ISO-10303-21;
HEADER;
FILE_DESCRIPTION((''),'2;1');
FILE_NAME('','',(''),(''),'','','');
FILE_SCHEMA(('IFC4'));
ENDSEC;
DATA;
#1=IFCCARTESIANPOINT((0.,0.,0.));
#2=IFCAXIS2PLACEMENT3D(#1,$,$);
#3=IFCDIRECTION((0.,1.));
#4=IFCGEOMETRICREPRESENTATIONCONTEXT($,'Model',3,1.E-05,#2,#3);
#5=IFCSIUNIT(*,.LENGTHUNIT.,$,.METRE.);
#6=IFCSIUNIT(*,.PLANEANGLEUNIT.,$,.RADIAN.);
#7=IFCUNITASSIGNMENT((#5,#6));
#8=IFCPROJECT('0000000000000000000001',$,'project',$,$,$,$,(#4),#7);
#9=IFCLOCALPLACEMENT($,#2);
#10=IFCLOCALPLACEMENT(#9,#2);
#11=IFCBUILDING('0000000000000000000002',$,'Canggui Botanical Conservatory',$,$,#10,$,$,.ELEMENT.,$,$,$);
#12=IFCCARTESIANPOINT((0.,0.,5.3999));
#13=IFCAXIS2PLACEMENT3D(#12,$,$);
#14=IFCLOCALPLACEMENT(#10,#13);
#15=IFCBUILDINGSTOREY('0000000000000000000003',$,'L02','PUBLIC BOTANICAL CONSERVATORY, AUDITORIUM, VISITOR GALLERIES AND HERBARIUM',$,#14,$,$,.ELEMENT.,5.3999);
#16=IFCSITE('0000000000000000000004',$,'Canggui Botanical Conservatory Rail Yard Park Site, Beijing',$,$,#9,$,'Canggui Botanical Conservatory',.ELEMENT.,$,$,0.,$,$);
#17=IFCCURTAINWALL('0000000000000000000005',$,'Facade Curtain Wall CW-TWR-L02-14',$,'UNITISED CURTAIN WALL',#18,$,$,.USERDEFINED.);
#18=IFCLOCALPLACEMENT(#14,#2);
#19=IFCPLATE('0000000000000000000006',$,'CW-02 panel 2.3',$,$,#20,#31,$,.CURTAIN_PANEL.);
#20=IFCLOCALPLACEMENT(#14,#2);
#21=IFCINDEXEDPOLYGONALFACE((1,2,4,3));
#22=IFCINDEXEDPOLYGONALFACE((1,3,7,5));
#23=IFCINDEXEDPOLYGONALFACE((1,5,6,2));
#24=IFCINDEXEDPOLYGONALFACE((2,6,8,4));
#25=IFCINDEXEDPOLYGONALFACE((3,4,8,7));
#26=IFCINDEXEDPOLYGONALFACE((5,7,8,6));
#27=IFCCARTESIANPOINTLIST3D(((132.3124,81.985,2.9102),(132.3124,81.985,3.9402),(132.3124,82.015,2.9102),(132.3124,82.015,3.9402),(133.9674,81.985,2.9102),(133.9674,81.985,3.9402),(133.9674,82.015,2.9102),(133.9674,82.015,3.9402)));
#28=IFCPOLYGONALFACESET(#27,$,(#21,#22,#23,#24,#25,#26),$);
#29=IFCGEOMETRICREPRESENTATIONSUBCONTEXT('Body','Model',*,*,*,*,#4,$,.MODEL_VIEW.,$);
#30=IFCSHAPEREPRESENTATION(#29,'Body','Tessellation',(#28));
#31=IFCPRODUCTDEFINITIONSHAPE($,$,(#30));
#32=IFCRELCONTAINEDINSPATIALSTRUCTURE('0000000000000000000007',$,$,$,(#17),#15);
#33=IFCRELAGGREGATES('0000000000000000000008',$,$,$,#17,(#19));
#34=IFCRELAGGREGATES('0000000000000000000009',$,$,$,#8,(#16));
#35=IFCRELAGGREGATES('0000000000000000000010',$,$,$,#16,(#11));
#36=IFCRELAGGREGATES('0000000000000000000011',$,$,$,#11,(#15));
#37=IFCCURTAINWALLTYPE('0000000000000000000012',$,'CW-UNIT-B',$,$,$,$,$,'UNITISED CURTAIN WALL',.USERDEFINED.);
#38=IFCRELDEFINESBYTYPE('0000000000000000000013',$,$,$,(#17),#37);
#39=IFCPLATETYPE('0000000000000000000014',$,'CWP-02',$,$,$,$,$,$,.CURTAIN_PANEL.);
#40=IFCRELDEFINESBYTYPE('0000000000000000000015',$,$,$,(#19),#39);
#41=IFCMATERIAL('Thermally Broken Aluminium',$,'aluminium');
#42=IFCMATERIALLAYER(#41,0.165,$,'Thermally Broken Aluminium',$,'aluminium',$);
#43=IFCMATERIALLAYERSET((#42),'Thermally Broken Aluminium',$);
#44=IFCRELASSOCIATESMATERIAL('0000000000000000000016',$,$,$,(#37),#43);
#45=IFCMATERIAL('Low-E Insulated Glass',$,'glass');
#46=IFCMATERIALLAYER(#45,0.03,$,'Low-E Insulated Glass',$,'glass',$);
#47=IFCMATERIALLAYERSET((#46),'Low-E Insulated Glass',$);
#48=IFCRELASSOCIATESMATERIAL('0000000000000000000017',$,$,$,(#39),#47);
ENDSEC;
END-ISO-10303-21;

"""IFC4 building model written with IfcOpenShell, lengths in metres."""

from ifc_helpers import new_model, si_unit, direction, frame, origin, origin_2d, place, context, subcontext, project, spatial, rectangle, extrude, material, layer, layer_set, type_object, element, aggregate, save


model = new_model("IFC4")

# Units and contexts
model_context = context("Model", 3, precision=1e-05, world=origin(), true_north=direction((0.0, 1.0)))
body_context = subcontext(model_context, "Body", "Model", "MODEL_VIEW")
ifc_project = project(units=[si_unit("LENGTHUNIT", "METRE"), si_unit("PLANEANGLEUNIT", "RADIAN")], contexts=[model_context])

# Site, building, storey
site_placement = place(None, origin())
site = spatial("IfcSite", under=ifc_project, at=site_placement, Name="Canggui Botanical Conservatory Rail Yard Park Site, Beijing", LongName="Canggui Botanical Conservatory", CompositionType="ELEMENT", RefElevation=0.0)
building_placement = place(site_placement, origin())
building = spatial("IfcBuilding", under=site, at=building_placement, Name="Canggui Botanical Conservatory", CompositionType="ELEMENT")
storey_placement = place(building_placement, frame((0.0, 0.0, 5.3999)))
storey = spatial("IfcBuildingStorey", under=building, at=storey_placement, Name="L02", Description="PUBLIC BOTANICAL CONSERVATORY, AUDITORIUM, VISITOR GALLERIES AND HERBARIUM", CompositionType="ELEMENT", Elevation=5.3999)

# Curtain wall, plate
ifc_material_1 = material(Name="Thermally Broken Aluminium", Category="aluminium")
ifc_layer_1 = layer(ifc_material_1, 0.165, Name="Thermally Broken Aluminium", Category="aluminium")
ifc_layer_set_1 = layer_set([ifc_layer_1], Name="Thermally Broken Aluminium")
curtain_wall_type = type_object("IfcCurtainWallType", Name="CW-UNIT-B", ElementType="UNITISED CURTAIN WALL", PredefinedType="USERDEFINED", material=ifc_layer_set_1)
curtain_wall_placement = place(storey_placement, origin())
curtain_wall = element("IfcCurtainWall", 1, at=curtain_wall_placement, inside=storey, type_object=curtain_wall_type, Name="Facade Curtain Wall CW-TWR-L02-14", ObjectType="UNITISED CURTAIN WALL", PredefinedType="USERDEFINED")
ifc_material_2 = material(Name="Low-E Insulated Glass", Category="glass")
ifc_layer_2 = layer(ifc_material_2, 0.03, Name="Low-E Insulated Glass", Category="glass")
ifc_layer_set_2 = layer_set([ifc_layer_2], Name="Low-E Insulated Glass")
plate_type = type_object("IfcPlateType", Name="CWP-02", PredefinedType="CURTAIN_PANEL", material=ifc_layer_set_2)
plate_1_placement = place(storey_placement, frame((133.1399, 82.0, 2.9102), z_axis=(0.0, 0.0, 1.0), x_axis=(1.0, 0.0, 0.0)))
plate_1 = element("IfcPlate", 2, at=plate_1_placement, type_object=plate_type, Name="CW-02 panel 2.3", PredefinedType="CURTAIN_PANEL", context=body_context, shape_type="SweptSolid", body=[
    extrude(rectangle(XDim=1.655, YDim=0.03, at=origin_2d()), origin(), (0.0, 0.0, 1.0), 1.03),
])
aggregate(curtain_wall, [plate_1])

save(model, "model.ifc")
